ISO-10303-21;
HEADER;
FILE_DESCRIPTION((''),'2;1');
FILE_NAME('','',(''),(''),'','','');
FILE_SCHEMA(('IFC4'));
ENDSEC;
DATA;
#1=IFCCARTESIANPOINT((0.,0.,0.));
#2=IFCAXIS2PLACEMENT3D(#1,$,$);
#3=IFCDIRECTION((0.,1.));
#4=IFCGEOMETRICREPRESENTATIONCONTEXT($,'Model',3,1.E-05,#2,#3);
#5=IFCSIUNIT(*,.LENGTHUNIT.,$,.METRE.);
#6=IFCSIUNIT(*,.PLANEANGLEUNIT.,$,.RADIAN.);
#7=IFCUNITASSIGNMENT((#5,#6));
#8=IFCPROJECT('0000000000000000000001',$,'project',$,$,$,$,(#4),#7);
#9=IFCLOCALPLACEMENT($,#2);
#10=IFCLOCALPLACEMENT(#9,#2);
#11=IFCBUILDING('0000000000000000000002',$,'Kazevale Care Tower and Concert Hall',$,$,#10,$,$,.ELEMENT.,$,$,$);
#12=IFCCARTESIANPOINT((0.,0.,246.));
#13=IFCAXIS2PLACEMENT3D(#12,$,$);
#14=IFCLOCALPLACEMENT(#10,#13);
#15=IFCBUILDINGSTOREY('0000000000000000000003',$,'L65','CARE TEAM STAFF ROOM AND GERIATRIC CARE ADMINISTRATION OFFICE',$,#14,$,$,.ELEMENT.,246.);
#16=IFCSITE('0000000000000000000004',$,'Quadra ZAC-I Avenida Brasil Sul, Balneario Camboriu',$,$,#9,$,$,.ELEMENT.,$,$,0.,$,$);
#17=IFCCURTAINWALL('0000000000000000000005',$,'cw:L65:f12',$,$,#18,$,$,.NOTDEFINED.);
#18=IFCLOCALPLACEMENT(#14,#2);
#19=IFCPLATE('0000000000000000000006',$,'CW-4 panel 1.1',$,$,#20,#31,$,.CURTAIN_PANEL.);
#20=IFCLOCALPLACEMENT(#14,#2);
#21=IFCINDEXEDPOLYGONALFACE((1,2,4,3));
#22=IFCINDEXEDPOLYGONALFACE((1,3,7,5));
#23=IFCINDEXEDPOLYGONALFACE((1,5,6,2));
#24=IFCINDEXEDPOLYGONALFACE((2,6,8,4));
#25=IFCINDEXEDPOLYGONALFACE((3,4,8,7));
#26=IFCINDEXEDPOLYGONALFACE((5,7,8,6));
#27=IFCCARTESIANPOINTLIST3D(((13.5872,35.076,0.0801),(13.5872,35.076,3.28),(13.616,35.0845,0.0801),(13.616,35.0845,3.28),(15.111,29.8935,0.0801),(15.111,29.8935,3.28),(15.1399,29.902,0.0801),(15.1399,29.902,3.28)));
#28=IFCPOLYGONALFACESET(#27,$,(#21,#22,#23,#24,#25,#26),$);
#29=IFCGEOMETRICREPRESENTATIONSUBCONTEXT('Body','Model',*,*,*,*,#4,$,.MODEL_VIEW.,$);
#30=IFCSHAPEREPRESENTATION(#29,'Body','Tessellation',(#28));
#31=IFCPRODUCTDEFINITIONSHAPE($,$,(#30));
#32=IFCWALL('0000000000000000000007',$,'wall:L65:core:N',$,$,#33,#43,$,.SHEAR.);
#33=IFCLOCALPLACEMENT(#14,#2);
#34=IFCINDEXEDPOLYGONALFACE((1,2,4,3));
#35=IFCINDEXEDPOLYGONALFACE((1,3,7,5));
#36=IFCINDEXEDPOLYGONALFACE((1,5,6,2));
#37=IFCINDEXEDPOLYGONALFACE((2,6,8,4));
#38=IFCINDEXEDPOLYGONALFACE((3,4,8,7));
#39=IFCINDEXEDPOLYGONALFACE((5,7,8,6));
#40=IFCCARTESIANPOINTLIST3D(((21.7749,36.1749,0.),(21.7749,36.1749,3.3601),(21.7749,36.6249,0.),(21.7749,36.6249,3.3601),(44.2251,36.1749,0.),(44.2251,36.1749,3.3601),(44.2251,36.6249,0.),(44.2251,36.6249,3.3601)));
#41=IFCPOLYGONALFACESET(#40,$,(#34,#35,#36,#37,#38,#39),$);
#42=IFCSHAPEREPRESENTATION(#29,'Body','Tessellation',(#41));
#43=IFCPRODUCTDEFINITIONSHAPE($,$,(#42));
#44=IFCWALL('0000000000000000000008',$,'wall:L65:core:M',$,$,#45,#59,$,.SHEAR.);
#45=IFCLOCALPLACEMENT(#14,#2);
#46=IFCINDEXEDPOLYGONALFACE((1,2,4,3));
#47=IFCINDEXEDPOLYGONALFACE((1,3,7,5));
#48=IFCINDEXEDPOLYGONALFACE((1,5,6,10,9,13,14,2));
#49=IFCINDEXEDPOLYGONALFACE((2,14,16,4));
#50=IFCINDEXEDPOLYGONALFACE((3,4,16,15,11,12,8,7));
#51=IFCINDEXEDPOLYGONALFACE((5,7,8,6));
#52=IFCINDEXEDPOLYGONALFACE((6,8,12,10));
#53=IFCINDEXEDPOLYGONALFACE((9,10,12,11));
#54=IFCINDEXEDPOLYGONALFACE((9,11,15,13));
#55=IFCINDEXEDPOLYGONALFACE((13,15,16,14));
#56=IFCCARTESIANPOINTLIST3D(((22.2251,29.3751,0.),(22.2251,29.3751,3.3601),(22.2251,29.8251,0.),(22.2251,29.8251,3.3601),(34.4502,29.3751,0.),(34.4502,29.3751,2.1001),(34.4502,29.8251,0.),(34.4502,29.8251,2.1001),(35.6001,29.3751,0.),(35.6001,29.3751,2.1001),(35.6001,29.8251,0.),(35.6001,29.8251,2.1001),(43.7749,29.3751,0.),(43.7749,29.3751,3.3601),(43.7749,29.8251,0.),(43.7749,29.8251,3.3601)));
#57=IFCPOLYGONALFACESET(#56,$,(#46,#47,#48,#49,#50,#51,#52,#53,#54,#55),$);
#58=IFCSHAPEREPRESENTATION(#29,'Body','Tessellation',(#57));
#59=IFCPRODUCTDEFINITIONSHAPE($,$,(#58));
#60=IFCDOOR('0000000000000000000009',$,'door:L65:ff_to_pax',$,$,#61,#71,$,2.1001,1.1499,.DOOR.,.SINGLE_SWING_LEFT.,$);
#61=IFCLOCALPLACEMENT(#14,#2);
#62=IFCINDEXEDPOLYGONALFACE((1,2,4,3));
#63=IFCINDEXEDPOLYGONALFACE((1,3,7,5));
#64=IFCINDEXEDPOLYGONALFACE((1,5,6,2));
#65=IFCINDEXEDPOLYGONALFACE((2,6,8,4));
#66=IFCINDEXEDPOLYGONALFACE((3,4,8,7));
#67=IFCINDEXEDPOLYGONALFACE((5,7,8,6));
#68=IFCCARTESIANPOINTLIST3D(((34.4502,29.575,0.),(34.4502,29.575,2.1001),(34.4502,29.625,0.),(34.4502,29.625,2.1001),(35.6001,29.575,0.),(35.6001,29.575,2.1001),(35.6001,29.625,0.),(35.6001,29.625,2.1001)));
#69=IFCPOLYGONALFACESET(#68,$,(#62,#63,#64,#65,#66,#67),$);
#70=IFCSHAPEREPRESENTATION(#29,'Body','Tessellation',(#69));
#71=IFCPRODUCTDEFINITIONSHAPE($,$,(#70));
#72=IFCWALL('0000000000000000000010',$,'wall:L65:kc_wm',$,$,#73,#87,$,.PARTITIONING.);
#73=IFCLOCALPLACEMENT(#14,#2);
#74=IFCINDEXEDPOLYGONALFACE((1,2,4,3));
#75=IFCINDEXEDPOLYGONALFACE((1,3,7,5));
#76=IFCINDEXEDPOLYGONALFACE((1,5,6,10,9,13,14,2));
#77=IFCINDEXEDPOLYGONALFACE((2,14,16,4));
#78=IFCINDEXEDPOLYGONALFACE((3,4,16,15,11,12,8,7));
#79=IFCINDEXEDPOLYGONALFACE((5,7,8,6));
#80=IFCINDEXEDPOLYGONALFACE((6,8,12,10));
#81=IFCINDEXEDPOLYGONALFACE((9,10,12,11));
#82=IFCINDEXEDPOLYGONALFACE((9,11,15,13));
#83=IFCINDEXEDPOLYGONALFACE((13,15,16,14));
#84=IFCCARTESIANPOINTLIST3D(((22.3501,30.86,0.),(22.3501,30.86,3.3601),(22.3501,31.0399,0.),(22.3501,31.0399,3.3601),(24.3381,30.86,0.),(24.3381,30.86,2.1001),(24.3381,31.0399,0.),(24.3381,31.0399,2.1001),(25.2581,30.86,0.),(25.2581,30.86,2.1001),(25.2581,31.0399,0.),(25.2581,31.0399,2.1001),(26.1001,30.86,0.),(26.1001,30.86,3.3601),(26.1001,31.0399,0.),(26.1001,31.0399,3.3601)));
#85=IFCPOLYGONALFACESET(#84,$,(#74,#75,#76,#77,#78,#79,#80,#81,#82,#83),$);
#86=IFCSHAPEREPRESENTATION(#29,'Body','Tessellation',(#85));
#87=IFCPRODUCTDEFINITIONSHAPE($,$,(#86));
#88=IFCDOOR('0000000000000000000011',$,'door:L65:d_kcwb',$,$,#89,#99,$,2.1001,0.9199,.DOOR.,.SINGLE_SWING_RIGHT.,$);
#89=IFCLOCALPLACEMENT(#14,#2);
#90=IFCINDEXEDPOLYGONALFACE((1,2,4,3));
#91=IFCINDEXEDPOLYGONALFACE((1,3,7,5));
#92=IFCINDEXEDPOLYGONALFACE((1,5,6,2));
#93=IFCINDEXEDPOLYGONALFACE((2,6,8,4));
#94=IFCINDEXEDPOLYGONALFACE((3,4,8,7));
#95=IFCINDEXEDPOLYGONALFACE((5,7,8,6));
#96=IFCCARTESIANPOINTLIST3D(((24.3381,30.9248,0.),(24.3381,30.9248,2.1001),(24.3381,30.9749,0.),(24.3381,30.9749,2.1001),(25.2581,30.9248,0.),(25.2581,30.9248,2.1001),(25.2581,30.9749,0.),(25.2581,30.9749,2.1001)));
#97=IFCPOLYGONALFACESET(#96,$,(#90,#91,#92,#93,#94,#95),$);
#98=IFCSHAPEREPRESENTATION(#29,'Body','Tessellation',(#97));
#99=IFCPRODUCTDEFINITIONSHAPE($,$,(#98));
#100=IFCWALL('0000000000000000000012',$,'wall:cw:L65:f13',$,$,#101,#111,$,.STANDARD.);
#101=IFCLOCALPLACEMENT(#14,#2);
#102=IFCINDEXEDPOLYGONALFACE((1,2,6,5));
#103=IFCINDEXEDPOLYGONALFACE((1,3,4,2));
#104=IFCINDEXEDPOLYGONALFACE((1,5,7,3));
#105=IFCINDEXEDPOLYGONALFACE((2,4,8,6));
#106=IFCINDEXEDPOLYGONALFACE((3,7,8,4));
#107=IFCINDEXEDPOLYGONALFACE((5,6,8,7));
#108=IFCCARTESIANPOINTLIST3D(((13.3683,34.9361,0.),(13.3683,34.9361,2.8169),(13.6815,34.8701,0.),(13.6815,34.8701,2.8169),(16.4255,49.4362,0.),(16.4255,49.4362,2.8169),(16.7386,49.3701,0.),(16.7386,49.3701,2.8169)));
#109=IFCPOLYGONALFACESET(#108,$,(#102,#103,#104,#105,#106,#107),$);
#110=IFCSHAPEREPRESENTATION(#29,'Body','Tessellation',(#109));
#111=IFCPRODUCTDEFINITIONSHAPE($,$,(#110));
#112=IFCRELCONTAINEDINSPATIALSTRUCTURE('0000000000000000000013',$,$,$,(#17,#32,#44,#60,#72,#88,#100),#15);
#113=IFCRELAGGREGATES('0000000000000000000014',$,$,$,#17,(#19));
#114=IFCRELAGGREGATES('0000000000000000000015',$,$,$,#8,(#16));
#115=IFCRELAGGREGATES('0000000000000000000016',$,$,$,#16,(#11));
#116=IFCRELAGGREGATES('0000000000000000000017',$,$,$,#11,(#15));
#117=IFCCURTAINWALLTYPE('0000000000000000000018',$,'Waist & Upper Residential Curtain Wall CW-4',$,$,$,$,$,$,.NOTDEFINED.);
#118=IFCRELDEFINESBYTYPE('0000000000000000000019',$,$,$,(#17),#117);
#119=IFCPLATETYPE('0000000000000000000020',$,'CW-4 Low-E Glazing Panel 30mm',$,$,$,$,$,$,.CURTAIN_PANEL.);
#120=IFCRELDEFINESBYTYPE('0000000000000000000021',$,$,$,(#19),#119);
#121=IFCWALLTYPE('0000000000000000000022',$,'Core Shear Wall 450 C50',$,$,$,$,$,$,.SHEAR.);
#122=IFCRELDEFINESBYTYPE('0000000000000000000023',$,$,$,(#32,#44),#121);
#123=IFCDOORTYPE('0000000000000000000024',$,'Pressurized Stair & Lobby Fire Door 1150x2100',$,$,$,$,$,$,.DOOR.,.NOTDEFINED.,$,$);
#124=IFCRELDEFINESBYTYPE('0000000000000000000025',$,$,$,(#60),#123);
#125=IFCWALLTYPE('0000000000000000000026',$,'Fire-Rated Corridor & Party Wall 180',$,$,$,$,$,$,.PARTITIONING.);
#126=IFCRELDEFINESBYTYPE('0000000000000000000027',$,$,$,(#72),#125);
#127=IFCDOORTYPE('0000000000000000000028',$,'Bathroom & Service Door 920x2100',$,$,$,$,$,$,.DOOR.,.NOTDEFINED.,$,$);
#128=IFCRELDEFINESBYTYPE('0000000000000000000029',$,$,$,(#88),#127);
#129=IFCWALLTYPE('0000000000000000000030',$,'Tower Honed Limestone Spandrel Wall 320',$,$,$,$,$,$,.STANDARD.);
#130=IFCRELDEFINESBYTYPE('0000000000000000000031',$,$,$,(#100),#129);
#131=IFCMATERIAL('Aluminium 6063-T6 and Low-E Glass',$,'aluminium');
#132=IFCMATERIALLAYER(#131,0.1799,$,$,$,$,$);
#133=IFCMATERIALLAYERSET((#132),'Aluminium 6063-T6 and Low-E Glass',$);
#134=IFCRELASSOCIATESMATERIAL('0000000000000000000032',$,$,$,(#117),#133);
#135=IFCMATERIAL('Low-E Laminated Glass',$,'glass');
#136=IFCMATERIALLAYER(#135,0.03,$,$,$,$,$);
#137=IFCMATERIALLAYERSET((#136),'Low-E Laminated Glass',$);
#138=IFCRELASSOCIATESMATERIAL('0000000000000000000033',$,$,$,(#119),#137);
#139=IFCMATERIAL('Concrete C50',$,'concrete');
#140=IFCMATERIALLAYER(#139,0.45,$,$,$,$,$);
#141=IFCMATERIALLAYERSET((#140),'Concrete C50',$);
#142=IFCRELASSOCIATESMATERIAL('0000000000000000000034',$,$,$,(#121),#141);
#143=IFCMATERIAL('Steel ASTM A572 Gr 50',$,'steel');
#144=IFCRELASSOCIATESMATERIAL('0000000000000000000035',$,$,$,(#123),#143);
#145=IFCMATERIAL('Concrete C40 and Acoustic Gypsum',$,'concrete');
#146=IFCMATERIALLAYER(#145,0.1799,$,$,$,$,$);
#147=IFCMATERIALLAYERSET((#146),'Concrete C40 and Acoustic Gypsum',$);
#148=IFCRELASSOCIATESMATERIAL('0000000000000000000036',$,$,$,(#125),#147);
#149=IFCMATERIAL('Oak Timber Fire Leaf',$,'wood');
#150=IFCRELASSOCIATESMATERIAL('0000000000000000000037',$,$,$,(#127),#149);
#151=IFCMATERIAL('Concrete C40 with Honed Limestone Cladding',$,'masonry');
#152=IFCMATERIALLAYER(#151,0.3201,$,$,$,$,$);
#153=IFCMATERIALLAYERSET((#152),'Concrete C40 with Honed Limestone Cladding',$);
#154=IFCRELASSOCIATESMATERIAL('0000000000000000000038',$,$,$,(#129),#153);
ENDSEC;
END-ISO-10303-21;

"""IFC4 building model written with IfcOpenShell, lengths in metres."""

from ifc_helpers import new_model, si_unit, direction, frame, frame_2d, origin, origin_2d, place, context, subcontext, project, spatial, rectangle, extrude, material, layer, layer_set, type_object, element, fill, aggregate, save


model = new_model("IFC4")

# Units and contexts
model_context = context("Model", 3, precision=1e-05, world=origin(), true_north=direction((0.0, 1.0)))
body_context = subcontext(model_context, "Body", "Model", "MODEL_VIEW")
ifc_project = project(units=[si_unit("LENGTHUNIT", "METRE"), si_unit("PLANEANGLEUNIT", "RADIAN")], contexts=[model_context])

# Site, building, storey
site_placement = place(None, origin())
site = spatial("IfcSite", under=ifc_project, at=site_placement, Name="Quadra ZAC-I Avenida Brasil Sul, Balneario Camboriu", CompositionType="ELEMENT", RefElevation=0.0)
building_placement = place(site_placement, origin())
building = spatial("IfcBuilding", under=site, at=building_placement, Name="Kazevale Care Tower and Concert Hall", CompositionType="ELEMENT")
storey_placement = place(building_placement, frame((0.0, 0.0, 246.0)))
storey = spatial("IfcBuildingStorey", under=building, at=storey_placement, Name="L65", Description="CARE TEAM STAFF ROOM AND GERIATRIC CARE ADMINISTRATION OFFICE", CompositionType="ELEMENT", Elevation=246.0)

# Shared definitions
ifc_material_1 = material(Name="Concrete C50", Category="concrete")

# Shared definitions
ifc_material_2 = material(Name="Aluminium 6063-T6 and Low-E Glass", Category="aluminium")
ifc_layer_1 = layer(ifc_material_2, 0.1799)
ifc_layer_set_1 = layer_set([ifc_layer_1], Name="Aluminium 6063-T6 and Low-E Glass")
curtain_wall_type = type_object("IfcCurtainWallType", Name="Waist & Upper Residential Curtain Wall CW-4", PredefinedType="NOTDEFINED", material=ifc_layer_set_1)

# Curtain wall
curtain_wall_1_placement = place(storey_placement, origin())
curtain_wall_1 = element("IfcCurtainWall", 1, at=curtain_wall_1_placement, inside=storey, type_object=curtain_wall_type, Name="cw:L65:f12", PredefinedType="NOTDEFINED")

# Shared definitions
ifc_material_3 = material(Name="Steel ASTM A572 Gr 50", Category="steel")

# Plate
ifc_material_4 = material(Name="Low-E Laminated Glass", Category="glass")
ifc_layer_2 = layer(ifc_material_4, 0.03)
ifc_layer_set_2 = layer_set([ifc_layer_2], Name="Low-E Laminated Glass")
plate_type = type_object("IfcPlateType", Name="CW-4 Low-E Glazing Panel 30mm", PredefinedType="CURTAIN_PANEL", material=ifc_layer_set_2)
plate_placement = place(storey_placement, frame((14.3635, 32.489, 0.0801), z_axis=(0.0, 0.0, 1.0), x_axis=(-0.282098, 0.959386, 0.0)))
plate = element("IfcPlate", 2, at=plate_placement, type_object=plate_type, Name="CW-4 panel 1.1", PredefinedType="CURTAIN_PANEL", context=body_context, shape_type="SweptSolid", body=[
    extrude(rectangle(XDim=5.4019, YDim=0.03, at=origin_2d()), origin(), (0.0, 0.0, 1.0), 3.2),
])
aggregate(curtain_wall_1, [plate])

# Wall
ifc_layer_3 = layer(ifc_material_1, 0.45)
ifc_layer_set_3 = layer_set([ifc_layer_3], Name="Concrete C50")
wall_type_1 = type_object("IfcWallType", Name="Core Shear Wall 450 C50", PredefinedType="SHEAR", material=ifc_layer_set_3)
wall_1_placement = place(storey_placement, frame((21.7749, 36.3999, 0.0), z_axis=(0.0, 0.0, 1.0), x_axis=(1.0, 0.0, 0.0)))
element("IfcWall", 3, at=wall_1_placement, inside=storey, type_object=wall_type_1, Name="wall:L65:core:N", PredefinedType="SHEAR", context=body_context, shape_type="SweptSolid", body=[
    extrude(rectangle(XDim=22.4502, YDim=0.45, at=frame_2d((11.2251, 0.0))), origin(), (0.0, 0.0, 1.0), 3.3601),
])

# Walls, openings, doors
wall_2_placement = place(storey_placement, frame((22.2251, 29.6001, 0.0), z_axis=(0.0, 0.0, 1.0), x_axis=(1.0, 0.0, 0.0)))
wall_2 = element("IfcWall", 4, at=wall_2_placement, inside=storey, type_object=wall_type_1, Name="wall:L65:core:M", PredefinedType="SHEAR", context=body_context, shape_type="SweptSolid", body=[
    extrude(rectangle(XDim=21.5498, YDim=0.45, at=frame_2d((10.7749, 0.0))), origin(), (0.0, 0.0, 1.0), 3.3601),
])
opening_1_placement = place(wall_2_placement, frame((12.2251, 0.0, 0.0)))
opening_1 = element("IfcOpeningElement", 5, at=opening_1_placement, cuts=wall_2, PredefinedType="OPENING", context=body_context, shape_type="SweptSolid", body=[
    extrude(rectangle(XDim=1.1499, YDim=2.1001, at=frame_2d((0.575, 1.05))), frame((0.0, 0.2349, 0.0), z_axis=(0.0, -1.0, 0.0), x_axis=(1.0, 0.0, 0.0)), (0.0, 0.0, 1.0), 0.47),
])
door_type_1 = type_object("IfcDoorType", Name="Pressurized Stair & Lobby Fire Door 1150x2100", OperationType="NOTDEFINED", PredefinedType="DOOR", material=ifc_material_3)
door_1_placement = place(opening_1_placement, origin())
door_1 = element("IfcDoor", 6, at=door_1_placement, inside=storey, type_object=door_type_1, Name="door:L65:ff_to_pax", OperationType="SINGLE_SWING_LEFT", OverallHeight=2.1001, OverallWidth=1.1499, PredefinedType="DOOR", context=body_context, shape_type="SweptSolid", body=[
    extrude(rectangle(XDim=1.1499, YDim=2.1001, at=frame_2d((0.575, 1.05))), frame((0.0, 0.0249, 0.0), z_axis=(0.0, -1.0, 0.0), x_axis=(1.0, 0.0, 0.0)), (0.0, 0.0, 1.0), 0.05),
])
fill(opening_1, door_1)
ifc_material_5 = material(Name="Concrete C40 and Acoustic Gypsum", Category="concrete")
ifc_layer_4 = layer(ifc_material_5, 0.1799)
ifc_layer_set_4 = layer_set([ifc_layer_4], Name="Concrete C40 and Acoustic Gypsum")
wall_type_2 = type_object("IfcWallType", Name="Fire-Rated Corridor & Party Wall 180", PredefinedType="PARTITIONING", material=ifc_layer_set_4)
wall_3_placement = place(storey_placement, frame((22.3501, 30.95, 0.0), z_axis=(0.0, 0.0, 1.0), x_axis=(1.0, 0.0, 0.0)))
wall_3 = element("IfcWall", 7, at=wall_3_placement, inside=storey, type_object=wall_type_2, Name="wall:L65:kc_wm", PredefinedType="PARTITIONING", context=body_context, shape_type="SweptSolid", body=[
    extrude(rectangle(XDim=3.75, YDim=0.1799, at=frame_2d((1.875, 0.0))), origin(), (0.0, 0.0, 1.0), 3.3601),
])
opening_2_placement = place(wall_3_placement, frame((1.988, 0.0, 0.0)))
opening_2 = element("IfcOpeningElement", 8, at=opening_2_placement, cuts=wall_3, PredefinedType="OPENING", context=body_context, shape_type="SweptSolid", body=[
    extrude(rectangle(XDim=0.9199, YDim=2.1001, at=frame_2d((0.46, 1.05))), frame((0.0, 0.0999, 0.0), z_axis=(0.0, -1.0, 0.0), x_axis=(1.0, 0.0, 0.0)), (0.0, 0.0, 1.0), 0.2),
])
ifc_material_6 = material(Name="Oak Timber Fire Leaf", Category="wood")
door_type_2 = type_object("IfcDoorType", Name="Bathroom & Service Door 920x2100", OperationType="NOTDEFINED", PredefinedType="DOOR", material=ifc_material_6)
door_2_placement = place(opening_2_placement, origin())
door_2 = element("IfcDoor", 9, at=door_2_placement, inside=storey, type_object=door_type_2, Name="door:L65:d_kcwb", OperationType="SINGLE_SWING_RIGHT", OverallHeight=2.1001, OverallWidth=0.9199, PredefinedType="DOOR", context=body_context, shape_type="SweptSolid", body=[
    extrude(rectangle(XDim=0.9199, YDim=2.1001, at=frame_2d((0.46, 1.05))), frame((0.0, 0.0249, 0.0), z_axis=(0.0, -1.0, 0.0), x_axis=(1.0, 0.0, 0.0)), (0.0, 0.0, 1.0), 0.05),
])
fill(opening_2, door_2)

# Wall
ifc_material_7 = material(Name="Concrete C40 with Honed Limestone Cladding", Category="masonry")
ifc_layer_5 = layer(ifc_material_7, 0.3201)
ifc_layer_set_5 = layer_set([ifc_layer_5], Name="Concrete C40 with Honed Limestone Cladding")
wall_type_3 = type_object("IfcWallType", Name="Tower Honed Limestone Spandrel Wall 320", PredefinedType="STANDARD", material=ifc_layer_set_5)
wall_4_placement = place(storey_placement, frame((13.5249, 34.9031, 0.0), z_axis=(0.0, 0.0, 1.0), x_axis=(0.206301, 0.978489, 0.0)))
element("IfcWall", 10, at=wall_4_placement, inside=storey, type_object=wall_type_3, Name="wall:cw:L65:f13", PredefinedType="STANDARD", context=body_context, shape_type="SweptSolid", body=[
    extrude(rectangle(XDim=14.8188, YDim=0.3201, at=frame_2d((7.4094, 0.0))), origin(), (0.0, 0.0, 1.0), 2.8169),
])

save(model, "model.ifc")
